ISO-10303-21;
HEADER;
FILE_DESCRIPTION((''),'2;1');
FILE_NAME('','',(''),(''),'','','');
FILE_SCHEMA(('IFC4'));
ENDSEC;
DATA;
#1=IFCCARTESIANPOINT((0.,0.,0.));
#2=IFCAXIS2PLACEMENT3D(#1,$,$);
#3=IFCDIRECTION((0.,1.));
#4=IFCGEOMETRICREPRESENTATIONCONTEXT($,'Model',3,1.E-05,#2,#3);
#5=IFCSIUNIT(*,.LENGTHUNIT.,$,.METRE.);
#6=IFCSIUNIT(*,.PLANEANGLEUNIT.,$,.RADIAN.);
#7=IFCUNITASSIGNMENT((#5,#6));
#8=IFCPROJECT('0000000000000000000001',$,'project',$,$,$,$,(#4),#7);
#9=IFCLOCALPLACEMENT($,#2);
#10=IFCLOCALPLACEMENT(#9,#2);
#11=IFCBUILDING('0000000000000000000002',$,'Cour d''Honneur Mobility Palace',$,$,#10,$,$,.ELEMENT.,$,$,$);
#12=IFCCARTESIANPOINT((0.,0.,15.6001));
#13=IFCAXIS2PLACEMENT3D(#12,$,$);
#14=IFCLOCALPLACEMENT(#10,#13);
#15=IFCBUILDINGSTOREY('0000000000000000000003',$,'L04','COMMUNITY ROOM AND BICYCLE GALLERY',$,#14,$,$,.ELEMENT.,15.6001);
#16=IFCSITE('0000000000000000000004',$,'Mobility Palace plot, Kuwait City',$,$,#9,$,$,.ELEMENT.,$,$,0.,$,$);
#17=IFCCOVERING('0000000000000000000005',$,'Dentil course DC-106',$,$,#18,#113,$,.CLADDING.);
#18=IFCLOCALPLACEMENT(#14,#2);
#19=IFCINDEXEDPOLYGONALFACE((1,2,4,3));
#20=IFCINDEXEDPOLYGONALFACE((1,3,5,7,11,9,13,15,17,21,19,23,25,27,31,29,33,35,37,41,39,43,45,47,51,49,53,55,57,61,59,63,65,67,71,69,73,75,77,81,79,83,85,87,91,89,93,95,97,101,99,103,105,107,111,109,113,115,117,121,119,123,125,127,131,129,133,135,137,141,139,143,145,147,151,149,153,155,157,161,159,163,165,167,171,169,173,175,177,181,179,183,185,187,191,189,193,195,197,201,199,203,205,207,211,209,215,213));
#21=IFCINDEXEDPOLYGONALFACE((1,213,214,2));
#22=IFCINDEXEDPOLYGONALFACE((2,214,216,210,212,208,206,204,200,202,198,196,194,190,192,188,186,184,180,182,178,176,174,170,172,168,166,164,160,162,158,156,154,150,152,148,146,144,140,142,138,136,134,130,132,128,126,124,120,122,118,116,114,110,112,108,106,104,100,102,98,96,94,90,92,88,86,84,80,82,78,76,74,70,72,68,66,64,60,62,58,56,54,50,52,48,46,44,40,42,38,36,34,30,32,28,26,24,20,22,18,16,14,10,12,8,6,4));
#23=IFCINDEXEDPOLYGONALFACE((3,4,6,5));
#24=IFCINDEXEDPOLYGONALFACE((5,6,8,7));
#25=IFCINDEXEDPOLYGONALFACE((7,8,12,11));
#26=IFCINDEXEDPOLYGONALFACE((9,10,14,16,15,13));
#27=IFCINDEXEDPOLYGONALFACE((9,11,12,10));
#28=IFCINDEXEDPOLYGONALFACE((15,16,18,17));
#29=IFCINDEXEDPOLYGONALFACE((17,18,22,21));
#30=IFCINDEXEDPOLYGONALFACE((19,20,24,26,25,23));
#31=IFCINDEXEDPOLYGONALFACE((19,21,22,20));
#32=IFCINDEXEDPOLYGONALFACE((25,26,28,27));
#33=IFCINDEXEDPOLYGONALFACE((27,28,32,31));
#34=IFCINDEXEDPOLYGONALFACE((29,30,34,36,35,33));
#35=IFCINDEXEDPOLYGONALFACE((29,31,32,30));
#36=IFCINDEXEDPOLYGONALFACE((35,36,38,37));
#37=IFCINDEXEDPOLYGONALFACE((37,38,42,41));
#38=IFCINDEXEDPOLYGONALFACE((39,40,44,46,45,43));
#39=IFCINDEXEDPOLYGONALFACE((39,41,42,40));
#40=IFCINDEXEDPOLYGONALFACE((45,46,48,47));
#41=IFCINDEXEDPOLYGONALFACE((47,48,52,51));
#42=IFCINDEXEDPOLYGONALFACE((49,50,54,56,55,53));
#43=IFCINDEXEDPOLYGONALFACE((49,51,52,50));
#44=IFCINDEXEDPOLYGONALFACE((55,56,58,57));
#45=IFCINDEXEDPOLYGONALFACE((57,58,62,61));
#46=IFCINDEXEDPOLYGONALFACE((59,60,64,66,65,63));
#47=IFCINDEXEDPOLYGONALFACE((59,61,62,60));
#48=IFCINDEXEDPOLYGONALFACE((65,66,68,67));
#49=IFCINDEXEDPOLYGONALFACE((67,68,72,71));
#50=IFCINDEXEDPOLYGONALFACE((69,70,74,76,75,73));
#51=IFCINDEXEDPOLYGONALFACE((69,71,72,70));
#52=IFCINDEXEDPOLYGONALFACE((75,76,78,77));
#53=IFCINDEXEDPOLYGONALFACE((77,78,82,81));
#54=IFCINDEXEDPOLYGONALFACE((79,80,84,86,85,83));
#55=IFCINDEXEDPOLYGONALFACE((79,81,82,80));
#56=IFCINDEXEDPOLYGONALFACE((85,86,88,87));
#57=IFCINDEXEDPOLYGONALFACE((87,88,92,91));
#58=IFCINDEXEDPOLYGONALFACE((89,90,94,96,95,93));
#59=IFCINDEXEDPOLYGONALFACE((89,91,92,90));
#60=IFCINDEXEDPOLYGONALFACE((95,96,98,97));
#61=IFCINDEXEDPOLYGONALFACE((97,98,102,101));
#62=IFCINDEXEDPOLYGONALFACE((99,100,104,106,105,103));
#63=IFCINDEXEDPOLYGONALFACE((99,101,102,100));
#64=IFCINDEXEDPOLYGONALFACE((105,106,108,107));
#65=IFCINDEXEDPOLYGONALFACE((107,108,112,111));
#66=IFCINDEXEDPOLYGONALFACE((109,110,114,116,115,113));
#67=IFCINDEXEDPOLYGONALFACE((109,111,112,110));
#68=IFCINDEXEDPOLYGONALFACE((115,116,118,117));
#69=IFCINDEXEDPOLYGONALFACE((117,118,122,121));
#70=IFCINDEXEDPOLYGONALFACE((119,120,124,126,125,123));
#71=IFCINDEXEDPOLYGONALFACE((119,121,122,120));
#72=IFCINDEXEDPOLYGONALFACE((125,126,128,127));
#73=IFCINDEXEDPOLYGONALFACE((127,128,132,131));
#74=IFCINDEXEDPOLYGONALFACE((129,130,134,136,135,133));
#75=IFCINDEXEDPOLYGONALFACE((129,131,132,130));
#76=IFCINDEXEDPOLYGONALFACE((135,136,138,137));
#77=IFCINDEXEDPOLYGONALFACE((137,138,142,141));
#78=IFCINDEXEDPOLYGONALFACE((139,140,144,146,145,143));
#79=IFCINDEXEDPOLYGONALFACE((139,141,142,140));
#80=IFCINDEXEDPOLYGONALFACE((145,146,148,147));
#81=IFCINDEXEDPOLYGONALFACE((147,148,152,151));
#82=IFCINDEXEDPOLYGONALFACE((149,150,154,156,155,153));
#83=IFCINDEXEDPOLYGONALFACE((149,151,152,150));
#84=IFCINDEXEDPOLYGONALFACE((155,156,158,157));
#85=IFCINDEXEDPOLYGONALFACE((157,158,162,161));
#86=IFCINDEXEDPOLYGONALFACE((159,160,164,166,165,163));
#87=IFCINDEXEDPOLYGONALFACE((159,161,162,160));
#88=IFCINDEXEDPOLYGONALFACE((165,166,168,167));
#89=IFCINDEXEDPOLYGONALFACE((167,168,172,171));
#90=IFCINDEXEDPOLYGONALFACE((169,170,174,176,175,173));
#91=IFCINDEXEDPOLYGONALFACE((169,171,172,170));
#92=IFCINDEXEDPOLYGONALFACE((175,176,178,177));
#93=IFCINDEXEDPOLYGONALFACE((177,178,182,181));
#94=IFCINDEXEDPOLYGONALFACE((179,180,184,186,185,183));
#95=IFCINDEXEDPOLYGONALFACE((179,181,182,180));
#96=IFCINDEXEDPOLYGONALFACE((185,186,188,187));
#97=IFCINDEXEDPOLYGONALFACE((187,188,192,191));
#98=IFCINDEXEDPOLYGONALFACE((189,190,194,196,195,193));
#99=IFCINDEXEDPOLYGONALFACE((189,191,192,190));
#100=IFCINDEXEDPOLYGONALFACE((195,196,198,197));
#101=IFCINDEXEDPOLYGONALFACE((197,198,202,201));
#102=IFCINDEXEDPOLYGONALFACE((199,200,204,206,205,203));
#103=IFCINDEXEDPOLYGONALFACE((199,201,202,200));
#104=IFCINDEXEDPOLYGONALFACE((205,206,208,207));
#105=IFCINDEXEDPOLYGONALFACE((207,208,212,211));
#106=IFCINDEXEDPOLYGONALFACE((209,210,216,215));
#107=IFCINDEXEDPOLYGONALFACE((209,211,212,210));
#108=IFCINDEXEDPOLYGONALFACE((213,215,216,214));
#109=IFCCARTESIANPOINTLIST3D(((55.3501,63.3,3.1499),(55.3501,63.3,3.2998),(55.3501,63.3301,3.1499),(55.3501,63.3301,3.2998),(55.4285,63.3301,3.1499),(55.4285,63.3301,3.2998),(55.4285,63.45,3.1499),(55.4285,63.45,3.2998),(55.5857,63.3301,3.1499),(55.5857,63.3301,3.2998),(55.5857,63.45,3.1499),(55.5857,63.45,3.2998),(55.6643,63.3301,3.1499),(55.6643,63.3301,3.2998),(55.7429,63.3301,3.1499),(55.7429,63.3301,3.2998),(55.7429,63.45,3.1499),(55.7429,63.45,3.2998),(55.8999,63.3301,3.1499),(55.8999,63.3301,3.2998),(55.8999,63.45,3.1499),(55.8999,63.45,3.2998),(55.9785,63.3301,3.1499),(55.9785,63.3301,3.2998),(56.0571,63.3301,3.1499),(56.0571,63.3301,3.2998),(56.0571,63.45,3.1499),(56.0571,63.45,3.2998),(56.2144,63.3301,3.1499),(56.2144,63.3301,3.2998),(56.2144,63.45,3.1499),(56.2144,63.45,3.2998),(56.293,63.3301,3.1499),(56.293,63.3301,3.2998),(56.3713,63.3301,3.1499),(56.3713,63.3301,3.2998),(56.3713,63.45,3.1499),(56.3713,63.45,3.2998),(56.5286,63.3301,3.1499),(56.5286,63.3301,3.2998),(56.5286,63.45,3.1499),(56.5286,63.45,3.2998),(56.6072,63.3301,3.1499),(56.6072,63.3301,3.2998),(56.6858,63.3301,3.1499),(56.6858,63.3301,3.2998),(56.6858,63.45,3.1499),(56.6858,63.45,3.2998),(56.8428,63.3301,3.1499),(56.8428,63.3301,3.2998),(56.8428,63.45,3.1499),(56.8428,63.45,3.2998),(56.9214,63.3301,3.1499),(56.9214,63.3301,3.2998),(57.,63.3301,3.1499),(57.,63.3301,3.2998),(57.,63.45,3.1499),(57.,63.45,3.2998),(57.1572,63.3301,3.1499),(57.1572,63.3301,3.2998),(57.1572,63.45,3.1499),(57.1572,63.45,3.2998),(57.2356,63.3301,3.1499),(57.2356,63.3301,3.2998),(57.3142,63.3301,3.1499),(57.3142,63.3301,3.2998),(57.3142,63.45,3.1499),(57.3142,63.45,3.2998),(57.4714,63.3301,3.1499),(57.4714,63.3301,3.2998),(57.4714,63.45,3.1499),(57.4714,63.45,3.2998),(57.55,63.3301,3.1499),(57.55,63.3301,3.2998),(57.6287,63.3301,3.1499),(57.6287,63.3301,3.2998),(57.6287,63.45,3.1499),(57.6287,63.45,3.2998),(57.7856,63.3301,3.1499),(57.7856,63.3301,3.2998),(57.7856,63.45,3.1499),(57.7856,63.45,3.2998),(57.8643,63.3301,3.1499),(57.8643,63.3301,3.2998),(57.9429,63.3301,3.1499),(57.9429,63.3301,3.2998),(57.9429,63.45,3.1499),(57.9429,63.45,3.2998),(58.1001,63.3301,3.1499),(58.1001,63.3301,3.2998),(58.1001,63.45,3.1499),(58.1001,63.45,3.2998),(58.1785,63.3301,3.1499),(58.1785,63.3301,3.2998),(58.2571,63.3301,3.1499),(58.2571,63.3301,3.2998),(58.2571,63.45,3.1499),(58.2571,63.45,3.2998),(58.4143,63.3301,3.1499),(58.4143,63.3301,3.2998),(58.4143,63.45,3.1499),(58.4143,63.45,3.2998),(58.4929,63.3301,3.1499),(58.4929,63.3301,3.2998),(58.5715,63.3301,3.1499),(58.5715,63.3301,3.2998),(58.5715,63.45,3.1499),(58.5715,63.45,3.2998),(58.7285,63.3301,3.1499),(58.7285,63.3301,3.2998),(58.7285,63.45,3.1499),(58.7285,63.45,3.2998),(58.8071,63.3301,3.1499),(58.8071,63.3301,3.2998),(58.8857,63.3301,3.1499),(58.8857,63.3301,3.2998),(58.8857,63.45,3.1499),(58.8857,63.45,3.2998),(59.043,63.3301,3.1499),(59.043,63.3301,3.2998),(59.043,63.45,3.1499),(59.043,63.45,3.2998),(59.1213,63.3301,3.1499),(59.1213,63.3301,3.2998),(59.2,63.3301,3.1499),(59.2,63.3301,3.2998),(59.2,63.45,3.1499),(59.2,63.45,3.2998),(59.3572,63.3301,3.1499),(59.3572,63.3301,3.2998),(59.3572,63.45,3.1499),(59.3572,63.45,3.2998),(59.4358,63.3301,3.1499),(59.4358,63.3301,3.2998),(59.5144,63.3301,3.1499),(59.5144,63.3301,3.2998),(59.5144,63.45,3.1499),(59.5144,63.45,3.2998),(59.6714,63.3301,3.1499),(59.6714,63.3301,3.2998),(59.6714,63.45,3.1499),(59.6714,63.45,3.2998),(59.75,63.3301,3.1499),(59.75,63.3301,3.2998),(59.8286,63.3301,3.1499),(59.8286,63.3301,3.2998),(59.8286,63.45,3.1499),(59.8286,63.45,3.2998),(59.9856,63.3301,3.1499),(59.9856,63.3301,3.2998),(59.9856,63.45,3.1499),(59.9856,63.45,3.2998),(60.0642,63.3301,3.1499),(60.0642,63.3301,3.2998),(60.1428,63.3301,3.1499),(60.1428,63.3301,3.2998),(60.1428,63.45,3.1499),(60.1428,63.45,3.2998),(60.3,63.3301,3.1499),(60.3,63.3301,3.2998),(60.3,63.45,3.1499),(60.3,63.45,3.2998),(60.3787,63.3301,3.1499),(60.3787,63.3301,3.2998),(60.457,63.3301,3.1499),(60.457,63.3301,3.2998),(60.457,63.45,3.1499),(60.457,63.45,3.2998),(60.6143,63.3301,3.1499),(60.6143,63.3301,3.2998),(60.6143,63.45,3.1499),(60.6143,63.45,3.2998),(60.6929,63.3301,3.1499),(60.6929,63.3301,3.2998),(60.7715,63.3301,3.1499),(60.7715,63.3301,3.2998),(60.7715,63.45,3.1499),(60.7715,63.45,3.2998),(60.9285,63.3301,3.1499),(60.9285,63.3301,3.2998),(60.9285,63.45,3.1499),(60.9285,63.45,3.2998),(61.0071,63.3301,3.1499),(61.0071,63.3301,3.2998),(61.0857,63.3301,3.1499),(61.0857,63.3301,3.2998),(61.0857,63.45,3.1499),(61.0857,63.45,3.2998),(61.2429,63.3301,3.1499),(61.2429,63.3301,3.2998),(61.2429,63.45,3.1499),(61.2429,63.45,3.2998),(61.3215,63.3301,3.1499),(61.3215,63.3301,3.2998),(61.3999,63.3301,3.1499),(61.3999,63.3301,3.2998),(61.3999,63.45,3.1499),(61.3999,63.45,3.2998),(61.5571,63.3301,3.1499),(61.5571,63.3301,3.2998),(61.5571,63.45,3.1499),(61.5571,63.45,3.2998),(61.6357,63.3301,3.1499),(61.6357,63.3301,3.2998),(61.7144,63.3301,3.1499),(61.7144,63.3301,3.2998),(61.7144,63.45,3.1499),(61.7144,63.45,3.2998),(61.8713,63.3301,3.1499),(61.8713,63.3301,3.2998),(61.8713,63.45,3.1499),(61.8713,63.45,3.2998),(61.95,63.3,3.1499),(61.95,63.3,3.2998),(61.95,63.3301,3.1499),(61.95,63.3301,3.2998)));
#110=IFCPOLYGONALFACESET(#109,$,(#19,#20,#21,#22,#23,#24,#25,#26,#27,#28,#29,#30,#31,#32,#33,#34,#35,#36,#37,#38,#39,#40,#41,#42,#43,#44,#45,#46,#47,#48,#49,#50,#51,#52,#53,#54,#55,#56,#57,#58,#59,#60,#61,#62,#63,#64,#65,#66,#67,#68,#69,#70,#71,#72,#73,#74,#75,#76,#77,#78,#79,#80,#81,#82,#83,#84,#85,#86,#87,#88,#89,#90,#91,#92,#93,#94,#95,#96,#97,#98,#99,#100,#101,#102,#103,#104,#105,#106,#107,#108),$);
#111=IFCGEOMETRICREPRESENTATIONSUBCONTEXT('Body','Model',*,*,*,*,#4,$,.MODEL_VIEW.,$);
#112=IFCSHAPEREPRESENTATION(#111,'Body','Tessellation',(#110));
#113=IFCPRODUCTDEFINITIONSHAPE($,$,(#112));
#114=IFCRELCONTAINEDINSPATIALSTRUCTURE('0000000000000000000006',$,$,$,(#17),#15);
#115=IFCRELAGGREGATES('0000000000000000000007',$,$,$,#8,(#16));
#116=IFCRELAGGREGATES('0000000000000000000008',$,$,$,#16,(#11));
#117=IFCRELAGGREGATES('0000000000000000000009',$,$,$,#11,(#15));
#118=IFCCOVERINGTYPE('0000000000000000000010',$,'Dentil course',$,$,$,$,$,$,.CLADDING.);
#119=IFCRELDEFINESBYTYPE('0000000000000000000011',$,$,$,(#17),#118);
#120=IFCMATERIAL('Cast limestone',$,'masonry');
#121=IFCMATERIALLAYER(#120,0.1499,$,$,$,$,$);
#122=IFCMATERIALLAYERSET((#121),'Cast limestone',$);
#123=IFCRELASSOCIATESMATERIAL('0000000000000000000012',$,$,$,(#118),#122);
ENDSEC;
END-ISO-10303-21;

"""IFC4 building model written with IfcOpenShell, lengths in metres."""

from ifc_helpers import new_model, si_unit, direction, frame, origin, place, context, subcontext, project, spatial, polyline, outline, extrude, material, layer, layer_set, type_object, element, save


model = new_model("IFC4")

# Units and contexts
model_context = context("Model", 3, precision=1e-05, world=origin(), true_north=direction((0.0, 1.0)))
body_context = subcontext(model_context, "Body", "Model", "MODEL_VIEW")
ifc_project = project(units=[si_unit("LENGTHUNIT", "METRE"), si_unit("PLANEANGLEUNIT", "RADIAN")], contexts=[model_context])

# Site, building, storey
site_placement = place(None, origin())
site = spatial("IfcSite", under=ifc_project, at=site_placement, Name="Mobility Palace plot, Kuwait City", CompositionType="ELEMENT", RefElevation=0.0)
building_placement = place(site_placement, origin())
building = spatial("IfcBuilding", under=site, at=building_placement, Name="Cour d'Honneur Mobility Palace", CompositionType="ELEMENT")
storey_placement = place(building_placement, frame((0.0, 0.0, 15.6001)))
storey = spatial("IfcBuildingStorey", under=building, at=storey_placement, Name="L04", Description="COMMUNITY ROOM AND BICYCLE GALLERY", CompositionType="ELEMENT", Elevation=15.6001)

# Covering
ifc_material = material(Name="Cast limestone", Category="masonry")
ifc_layer = layer(ifc_material, 0.1499)
ifc_layer_set = layer_set([ifc_layer], Name="Cast limestone")
covering_type = type_object("IfcCoveringType", Name="Dentil course", PredefinedType="CLADDING", material=ifc_layer_set)
covering_1_placement = place(storey_placement, frame((0.0, 0.0, 3.1499)))
element("IfcCovering", 1, at=covering_1_placement, inside=storey, type_object=covering_type, Name="Dentil course DC-106", PredefinedType="CLADDING", context=body_context, shape_type="SweptSolid", body=[
    extrude(outline(polyline([(61.95, 63.3), (55.3501, 63.3), (55.3501, 63.3301), (55.3501, 63.3301), (55.4285, 63.3301), (55.4285, 63.45), (55.5857, 63.45), (55.5857, 63.3301), (55.6643, 63.3301), (55.6643, 63.3301), (55.7429, 63.3301), (55.7429, 63.45), (55.8999, 63.45), (55.8999, 63.3301), (55.9785, 63.3301), (55.9785, 63.3301), (56.0571, 63.3301), (56.0571, 63.45), (56.2144, 63.45), (56.2144, 63.3301), (56.293, 63.3301), (56.293, 63.3301), (56.3713, 63.3301), (56.3713, 63.45), (56.5286, 63.45), (56.5286, 63.3301), (56.6072, 63.3301), (56.6072, 63.3301), (56.6858, 63.3301), (56.6858, 63.45), (56.8428, 63.45), (56.8428, 63.3301), (56.9214, 63.3301), (56.9214, 63.3301), (57.0, 63.3301), (57.0, 63.45), (57.1572, 63.45), (57.1572, 63.3301), (57.2356, 63.3301), (57.2356, 63.3301), (57.3142, 63.3301), (57.3142, 63.45), (57.4714, 63.45), (57.4714, 63.3301), (57.55, 63.3301), (57.55, 63.3301), (57.6287, 63.3301), (57.6287, 63.45), (57.7856, 63.45), (57.7856, 63.3301), (57.8643, 63.3301), (57.8643, 63.3301), (57.9429, 63.3301), (57.9429, 63.45), (58.1001, 63.45), (58.1001, 63.3301), (58.1785, 63.3301), (58.1785, 63.3301), (58.2571, 63.3301), (58.2571, 63.45), (58.4143, 63.45), (58.4143, 63.3301), (58.4929, 63.3301), (58.4929, 63.3301), (58.5715, 63.3301), (58.5715, 63.45), (58.7285, 63.45), (58.7285, 63.3301), (58.8071, 63.3301), (58.8071, 63.3301), (58.8857, 63.3301), (58.8857, 63.45), (59.043, 63.45), (59.043, 63.3301), (59.1213, 63.3301), (59.1213, 63.3301), (59.2, 63.3301), (59.2, 63.45), (59.3572, 63.45), (59.3572, 63.3301), (59.4358, 63.3301), (59.4358, 63.3301), (59.5144, 63.3301), (59.5144, 63.45), (59.6714, 63.45), (59.6714, 63.3301), (59.75, 63.3301), (59.75, 63.3301), (59.8286, 63.3301), (59.8286, 63.45), (59.9856, 63.45), (59.9856, 63.3301), (60.0642, 63.3301), (60.0642, 63.3301), (60.1428, 63.3301), (60.1428, 63.45), (60.3, 63.45), (60.3, 63.3301), (60.3787, 63.3301), (60.3787, 63.3301), (60.457, 63.3301), (60.457, 63.45), (60.6143, 63.45), (60.6143, 63.3301), (60.6929, 63.3301), (60.6929, 63.3301), (60.7715, 63.3301), (60.7715, 63.45), (60.9285, 63.45), (60.9285, 63.3301), (61.0071, 63.3301), (61.0071, 63.3301), (61.0857, 63.3301), (61.0857, 63.45), (61.2429, 63.45), (61.2429, 63.3301), (61.3215, 63.3301), (61.3215, 63.3301), (61.3999, 63.3301), (61.3999, 63.45), (61.5571, 63.45), (61.5571, 63.3301), (61.6357, 63.3301), (61.6357, 63.3301), (61.7144, 63.3301), (61.7144, 63.45), (61.8713, 63.45), (61.8713, 63.3301), (61.95, 63.3301), (61.95, 63.3)])), origin(), (0.0, 0.0, 1.0), 0.1499),
])

save(model, "model.ifc")
